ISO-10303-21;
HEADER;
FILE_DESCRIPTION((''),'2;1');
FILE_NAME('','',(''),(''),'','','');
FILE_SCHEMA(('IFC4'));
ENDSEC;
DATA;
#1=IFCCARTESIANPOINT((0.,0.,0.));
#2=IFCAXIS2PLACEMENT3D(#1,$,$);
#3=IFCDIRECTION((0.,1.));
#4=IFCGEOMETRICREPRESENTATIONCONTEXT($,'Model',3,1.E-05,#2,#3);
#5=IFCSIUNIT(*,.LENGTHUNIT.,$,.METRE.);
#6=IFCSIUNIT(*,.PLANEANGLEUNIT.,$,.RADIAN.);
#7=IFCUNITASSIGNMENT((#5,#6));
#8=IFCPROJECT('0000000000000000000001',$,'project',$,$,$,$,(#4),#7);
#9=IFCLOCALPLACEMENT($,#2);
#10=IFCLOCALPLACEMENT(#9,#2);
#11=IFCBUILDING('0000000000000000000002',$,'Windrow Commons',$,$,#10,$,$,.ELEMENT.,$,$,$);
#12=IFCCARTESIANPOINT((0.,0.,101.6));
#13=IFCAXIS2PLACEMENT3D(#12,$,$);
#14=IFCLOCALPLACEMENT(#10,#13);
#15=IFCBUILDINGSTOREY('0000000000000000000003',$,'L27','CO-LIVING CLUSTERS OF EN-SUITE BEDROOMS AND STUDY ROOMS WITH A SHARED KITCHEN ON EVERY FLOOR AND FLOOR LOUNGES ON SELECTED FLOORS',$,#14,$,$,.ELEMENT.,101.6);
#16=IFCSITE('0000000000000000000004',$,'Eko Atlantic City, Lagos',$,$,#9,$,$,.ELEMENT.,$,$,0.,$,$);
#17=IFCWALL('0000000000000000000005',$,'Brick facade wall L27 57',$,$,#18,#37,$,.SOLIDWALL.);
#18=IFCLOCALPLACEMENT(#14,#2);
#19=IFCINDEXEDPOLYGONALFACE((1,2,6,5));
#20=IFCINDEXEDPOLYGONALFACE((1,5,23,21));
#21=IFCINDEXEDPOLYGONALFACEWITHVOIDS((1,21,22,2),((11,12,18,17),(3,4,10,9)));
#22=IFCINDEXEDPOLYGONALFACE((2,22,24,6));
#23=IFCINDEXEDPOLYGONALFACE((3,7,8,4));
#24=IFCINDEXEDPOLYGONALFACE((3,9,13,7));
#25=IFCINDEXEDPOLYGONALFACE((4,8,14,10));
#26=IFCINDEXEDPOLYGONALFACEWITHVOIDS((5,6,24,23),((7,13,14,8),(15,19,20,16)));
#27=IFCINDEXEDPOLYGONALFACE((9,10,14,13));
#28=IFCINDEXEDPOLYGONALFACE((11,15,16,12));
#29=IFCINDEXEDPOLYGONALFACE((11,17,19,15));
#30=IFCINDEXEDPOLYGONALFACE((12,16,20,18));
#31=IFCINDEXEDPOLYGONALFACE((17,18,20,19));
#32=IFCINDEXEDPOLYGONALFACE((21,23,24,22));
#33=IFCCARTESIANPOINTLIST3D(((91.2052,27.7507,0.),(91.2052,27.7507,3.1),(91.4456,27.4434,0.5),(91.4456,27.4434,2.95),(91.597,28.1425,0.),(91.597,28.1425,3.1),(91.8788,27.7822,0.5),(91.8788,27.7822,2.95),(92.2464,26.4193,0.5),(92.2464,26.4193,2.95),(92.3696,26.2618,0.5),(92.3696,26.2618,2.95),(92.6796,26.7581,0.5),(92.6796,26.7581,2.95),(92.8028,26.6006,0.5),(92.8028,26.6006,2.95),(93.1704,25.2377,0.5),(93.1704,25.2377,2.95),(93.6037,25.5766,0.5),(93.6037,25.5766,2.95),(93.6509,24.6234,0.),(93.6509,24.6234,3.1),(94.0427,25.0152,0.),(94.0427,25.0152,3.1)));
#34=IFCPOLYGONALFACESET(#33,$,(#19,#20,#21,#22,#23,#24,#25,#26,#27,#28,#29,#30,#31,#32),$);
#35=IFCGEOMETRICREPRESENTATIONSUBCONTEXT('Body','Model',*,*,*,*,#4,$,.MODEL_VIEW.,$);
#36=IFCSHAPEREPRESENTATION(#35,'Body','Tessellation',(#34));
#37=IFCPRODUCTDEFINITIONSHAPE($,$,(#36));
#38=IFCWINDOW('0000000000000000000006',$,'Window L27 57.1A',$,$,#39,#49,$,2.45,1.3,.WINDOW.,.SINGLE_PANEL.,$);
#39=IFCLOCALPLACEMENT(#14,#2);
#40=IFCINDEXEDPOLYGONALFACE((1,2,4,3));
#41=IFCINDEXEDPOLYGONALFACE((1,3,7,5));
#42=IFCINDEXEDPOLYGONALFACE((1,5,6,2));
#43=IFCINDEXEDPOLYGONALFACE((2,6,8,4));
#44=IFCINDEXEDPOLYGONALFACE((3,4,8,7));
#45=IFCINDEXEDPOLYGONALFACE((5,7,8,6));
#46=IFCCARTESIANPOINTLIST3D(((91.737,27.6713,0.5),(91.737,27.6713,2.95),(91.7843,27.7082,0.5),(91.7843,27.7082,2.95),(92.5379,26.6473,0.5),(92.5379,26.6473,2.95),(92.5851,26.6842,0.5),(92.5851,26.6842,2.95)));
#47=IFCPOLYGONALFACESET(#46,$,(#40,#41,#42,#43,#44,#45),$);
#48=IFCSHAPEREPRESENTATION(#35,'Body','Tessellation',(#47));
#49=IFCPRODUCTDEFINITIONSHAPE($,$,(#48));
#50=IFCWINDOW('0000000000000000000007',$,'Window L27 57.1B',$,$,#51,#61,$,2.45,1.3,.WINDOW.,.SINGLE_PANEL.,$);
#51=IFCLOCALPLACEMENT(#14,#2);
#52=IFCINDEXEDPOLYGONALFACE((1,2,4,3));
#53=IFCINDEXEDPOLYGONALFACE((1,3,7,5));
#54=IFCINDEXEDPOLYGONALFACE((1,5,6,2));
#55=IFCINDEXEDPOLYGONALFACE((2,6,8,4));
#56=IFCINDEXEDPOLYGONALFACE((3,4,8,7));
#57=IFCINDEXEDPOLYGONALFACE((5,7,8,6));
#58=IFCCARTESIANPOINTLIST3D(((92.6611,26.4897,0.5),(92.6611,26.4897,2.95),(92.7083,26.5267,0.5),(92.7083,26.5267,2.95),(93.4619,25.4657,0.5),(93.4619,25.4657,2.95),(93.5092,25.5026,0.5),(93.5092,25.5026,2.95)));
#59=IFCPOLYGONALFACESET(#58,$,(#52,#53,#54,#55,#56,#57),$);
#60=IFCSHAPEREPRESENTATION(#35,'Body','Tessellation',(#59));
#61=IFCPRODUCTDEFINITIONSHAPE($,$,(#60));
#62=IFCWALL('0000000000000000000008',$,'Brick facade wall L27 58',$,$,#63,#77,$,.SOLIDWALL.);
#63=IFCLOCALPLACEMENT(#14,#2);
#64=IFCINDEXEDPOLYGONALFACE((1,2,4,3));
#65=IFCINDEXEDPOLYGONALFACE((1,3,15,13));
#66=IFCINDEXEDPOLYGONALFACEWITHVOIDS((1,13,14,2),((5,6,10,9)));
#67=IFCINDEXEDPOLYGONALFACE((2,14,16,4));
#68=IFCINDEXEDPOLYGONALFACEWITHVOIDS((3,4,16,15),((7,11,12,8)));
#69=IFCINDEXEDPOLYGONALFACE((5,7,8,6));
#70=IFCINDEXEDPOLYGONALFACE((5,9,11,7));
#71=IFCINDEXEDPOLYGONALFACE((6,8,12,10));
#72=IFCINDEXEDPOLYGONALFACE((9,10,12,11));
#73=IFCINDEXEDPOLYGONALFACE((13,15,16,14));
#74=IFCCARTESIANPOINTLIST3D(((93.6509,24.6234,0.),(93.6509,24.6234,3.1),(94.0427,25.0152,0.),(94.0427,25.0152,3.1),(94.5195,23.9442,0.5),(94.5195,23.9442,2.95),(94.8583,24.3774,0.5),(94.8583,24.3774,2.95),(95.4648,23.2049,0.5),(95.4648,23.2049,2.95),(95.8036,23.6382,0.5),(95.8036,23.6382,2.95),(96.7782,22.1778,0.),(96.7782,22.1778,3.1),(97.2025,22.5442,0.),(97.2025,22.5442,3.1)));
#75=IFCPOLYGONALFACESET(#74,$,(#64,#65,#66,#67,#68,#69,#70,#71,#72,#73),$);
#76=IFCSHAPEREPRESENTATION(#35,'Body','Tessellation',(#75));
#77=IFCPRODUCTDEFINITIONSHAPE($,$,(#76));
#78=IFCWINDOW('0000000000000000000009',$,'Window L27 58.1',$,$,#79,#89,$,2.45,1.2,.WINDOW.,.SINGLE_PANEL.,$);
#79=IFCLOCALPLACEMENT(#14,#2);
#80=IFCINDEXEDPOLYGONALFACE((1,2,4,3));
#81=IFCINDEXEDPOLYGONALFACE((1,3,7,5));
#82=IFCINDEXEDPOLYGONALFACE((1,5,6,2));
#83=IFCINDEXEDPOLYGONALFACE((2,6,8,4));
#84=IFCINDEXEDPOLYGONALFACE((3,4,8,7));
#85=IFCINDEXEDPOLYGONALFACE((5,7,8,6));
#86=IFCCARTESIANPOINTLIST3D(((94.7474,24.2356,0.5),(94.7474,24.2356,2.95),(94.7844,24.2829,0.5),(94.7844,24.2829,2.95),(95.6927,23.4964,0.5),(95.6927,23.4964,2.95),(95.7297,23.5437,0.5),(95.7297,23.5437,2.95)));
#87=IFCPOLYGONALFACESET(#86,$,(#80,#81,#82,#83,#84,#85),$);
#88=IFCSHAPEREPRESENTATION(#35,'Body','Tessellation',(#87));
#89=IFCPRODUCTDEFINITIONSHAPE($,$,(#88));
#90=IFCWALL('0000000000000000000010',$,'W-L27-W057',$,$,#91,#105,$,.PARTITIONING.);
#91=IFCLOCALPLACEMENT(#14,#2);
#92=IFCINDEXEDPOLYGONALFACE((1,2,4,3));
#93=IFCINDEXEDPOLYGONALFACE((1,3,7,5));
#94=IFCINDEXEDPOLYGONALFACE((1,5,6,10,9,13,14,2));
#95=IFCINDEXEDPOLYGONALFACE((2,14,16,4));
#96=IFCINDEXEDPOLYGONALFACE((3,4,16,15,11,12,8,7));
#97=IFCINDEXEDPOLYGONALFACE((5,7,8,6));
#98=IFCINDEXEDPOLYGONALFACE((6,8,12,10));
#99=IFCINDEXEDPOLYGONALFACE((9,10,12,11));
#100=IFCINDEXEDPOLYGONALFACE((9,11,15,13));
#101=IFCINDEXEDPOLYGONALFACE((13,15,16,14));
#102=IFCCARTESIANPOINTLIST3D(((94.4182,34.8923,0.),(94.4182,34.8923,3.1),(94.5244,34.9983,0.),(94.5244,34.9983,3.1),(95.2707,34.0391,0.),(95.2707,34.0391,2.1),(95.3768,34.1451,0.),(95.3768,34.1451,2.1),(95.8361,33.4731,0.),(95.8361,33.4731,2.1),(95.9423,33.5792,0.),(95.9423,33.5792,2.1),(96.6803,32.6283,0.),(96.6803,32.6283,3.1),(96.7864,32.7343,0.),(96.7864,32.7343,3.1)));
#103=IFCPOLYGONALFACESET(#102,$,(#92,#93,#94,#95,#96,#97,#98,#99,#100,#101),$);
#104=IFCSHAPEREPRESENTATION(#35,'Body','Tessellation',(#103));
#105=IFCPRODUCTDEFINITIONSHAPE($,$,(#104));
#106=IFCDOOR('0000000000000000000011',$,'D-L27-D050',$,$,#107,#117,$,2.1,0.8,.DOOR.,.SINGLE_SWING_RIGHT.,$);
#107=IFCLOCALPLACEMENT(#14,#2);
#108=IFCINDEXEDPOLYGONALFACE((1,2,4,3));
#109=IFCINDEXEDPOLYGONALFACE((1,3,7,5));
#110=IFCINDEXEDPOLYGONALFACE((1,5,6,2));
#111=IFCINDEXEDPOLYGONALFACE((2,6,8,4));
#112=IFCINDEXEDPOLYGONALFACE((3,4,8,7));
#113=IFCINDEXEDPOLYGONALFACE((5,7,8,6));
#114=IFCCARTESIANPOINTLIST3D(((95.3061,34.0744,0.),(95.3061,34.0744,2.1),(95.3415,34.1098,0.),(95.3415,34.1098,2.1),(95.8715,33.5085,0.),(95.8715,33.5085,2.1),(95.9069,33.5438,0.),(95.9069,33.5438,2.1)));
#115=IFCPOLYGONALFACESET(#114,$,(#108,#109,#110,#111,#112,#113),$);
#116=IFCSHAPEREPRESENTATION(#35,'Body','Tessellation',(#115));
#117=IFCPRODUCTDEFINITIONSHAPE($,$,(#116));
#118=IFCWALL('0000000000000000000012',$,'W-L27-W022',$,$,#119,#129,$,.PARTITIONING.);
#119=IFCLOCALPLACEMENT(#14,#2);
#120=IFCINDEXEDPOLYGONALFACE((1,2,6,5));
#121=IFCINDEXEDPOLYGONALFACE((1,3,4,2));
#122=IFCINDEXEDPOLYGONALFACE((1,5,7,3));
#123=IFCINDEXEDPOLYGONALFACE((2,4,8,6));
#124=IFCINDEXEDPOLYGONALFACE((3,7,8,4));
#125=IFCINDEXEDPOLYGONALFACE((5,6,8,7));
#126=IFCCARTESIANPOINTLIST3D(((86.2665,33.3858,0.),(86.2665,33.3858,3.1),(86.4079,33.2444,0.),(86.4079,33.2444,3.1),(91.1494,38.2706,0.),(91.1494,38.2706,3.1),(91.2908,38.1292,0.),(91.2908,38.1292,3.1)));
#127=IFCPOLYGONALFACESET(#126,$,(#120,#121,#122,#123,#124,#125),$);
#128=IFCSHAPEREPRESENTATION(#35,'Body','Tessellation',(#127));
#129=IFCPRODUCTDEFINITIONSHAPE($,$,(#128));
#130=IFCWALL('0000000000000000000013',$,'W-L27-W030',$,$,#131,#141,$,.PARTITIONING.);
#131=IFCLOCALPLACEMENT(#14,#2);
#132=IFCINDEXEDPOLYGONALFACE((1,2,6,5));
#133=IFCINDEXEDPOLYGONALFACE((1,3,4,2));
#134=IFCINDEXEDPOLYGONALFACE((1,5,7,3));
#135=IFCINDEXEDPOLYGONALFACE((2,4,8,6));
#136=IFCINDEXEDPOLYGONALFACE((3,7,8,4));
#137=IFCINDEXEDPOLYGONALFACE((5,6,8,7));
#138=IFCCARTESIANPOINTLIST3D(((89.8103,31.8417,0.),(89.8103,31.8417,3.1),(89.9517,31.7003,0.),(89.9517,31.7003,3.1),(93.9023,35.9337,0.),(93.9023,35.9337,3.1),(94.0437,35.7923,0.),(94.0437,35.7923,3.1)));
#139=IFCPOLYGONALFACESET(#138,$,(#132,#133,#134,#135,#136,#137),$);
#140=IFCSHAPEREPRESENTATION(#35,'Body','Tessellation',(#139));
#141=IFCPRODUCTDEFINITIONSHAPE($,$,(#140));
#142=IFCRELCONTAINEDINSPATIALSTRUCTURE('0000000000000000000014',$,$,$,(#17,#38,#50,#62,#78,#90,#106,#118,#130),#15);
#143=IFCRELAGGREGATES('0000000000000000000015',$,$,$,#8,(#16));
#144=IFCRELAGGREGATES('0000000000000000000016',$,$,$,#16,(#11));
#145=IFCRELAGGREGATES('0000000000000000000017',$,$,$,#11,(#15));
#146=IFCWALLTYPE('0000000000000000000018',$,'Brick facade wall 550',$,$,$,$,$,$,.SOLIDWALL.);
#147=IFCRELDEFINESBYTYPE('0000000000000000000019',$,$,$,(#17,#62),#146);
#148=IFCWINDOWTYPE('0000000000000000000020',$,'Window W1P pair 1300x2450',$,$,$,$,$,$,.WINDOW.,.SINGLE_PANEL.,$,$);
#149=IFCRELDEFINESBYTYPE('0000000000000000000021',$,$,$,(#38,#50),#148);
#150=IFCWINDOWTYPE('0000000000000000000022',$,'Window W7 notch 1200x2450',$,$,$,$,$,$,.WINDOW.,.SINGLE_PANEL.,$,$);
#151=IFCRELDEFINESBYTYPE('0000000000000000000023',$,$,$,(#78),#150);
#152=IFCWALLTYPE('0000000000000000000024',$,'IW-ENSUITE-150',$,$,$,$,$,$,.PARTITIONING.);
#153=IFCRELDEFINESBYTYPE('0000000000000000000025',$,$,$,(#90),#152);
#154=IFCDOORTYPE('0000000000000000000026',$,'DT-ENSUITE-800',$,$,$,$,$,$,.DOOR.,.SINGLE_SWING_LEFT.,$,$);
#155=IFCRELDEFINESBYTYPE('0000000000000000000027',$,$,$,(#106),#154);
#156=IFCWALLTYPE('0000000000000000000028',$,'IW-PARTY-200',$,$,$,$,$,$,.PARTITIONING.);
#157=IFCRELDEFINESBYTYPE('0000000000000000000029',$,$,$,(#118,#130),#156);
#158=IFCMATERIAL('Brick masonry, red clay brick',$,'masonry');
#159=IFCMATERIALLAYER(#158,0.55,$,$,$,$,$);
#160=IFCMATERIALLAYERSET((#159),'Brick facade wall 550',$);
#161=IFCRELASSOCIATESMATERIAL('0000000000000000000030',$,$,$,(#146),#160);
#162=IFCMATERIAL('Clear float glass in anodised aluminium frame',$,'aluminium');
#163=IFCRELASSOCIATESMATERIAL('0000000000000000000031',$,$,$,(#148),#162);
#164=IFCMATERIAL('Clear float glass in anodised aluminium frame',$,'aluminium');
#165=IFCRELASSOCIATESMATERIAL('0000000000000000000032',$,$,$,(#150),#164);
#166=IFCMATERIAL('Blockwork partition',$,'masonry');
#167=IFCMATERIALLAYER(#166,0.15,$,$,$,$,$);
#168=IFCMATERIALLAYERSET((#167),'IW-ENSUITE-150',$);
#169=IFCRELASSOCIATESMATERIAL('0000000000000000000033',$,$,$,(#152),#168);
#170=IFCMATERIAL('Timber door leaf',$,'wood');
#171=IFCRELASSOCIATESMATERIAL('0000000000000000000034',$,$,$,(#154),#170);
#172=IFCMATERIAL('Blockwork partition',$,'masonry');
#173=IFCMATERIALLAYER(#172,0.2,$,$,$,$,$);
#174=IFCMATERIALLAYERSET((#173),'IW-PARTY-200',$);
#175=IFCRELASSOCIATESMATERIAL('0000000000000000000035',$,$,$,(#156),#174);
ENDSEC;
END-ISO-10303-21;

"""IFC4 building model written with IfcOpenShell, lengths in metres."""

from ifc_helpers import new_model, si_unit, direction, frame, frame_2d, origin, place, context, subcontext, project, spatial, polyline, rectangle, outline, extrude, material, layer, layer_set, type_object, element, fill, save


model = new_model("IFC4")

# Units and contexts
model_context = context("Model", 3, precision=1e-05, world=origin(), true_north=direction((0.0, 1.0)))
body_context = subcontext(model_context, "Body", "Model", "MODEL_VIEW")
ifc_project = project(units=[si_unit("LENGTHUNIT", "METRE"), si_unit("PLANEANGLEUNIT", "RADIAN")], contexts=[model_context])

# Site, building, storey
site_placement = place(None, origin())
site = spatial("IfcSite", under=ifc_project, at=site_placement, Name="Eko Atlantic City, Lagos", CompositionType="ELEMENT", RefElevation=0.0)
building_placement = place(site_placement, origin())
building = spatial("IfcBuilding", under=site, at=building_placement, Name="Windrow Commons", CompositionType="ELEMENT")
storey_placement = place(building_placement, frame((0.0, 0.0, 101.6)))
storey = spatial("IfcBuildingStorey", under=building, at=storey_placement, Name="L27", Description="CO-LIVING CLUSTERS OF EN-SUITE BEDROOMS AND STUDY ROOMS WITH A SHARED KITCHEN ON EVERY FLOOR AND FLOOR LOUNGES ON SELECTED FLOORS", CompositionType="ELEMENT", Elevation=101.6)

# Wall, openings, windows
ifc_material_1 = material(Name="Brick masonry, red clay brick", Category="masonry")
ifc_layer_1 = layer(ifc_material_1, 0.55)
ifc_layer_set_1 = layer_set([ifc_layer_1], Name="Brick facade wall 550")
wall_type_1 = type_object("IfcWallType", Name="Brick facade wall 550", PredefinedType="SOLIDWALL", material=ifc_layer_set_1)
ifc_material_2 = material(Name="Clear float glass in anodised aluminium frame", Category="aluminium")
window_type_1 = type_object("IfcWindowType", Name="Window W1P pair 1300x2450", PartitioningType="SINGLE_PANEL", PredefinedType="WINDOW", material=ifc_material_2)
wall_1_placement = place(storey_placement, frame((91.4011, 27.9466, 0.0), z_axis=(0.0, 0.0, 1.0), x_axis=(0.616035, -0.787719, 0.0)))
wall_1 = element("IfcWall", 1, at=wall_1_placement, inside=storey, type_object=wall_type_1, Name="Brick facade wall L27 57", PredefinedType="SOLIDWALL", context=body_context, shape_type="SweptSolid", body=[
    extrude(outline(polyline([(0.0336, -0.275), (4.0037, -0.275), (3.9364, 0.275), (-0.0336, 0.275), (0.0336, -0.275)])), origin(), (0.0, 0.0, 1.0), 3.1),
])
opening_1_placement = place(wall_1_placement, frame((0.4238, 0.0, 0.5)))
opening_1 = element("IfcOpeningElement", 2, at=opening_1_placement, cuts=wall_1, PredefinedType="OPENING", context=body_context, shape_type="SweptSolid", body=[
    extrude(rectangle(XDim=1.3, YDim=2.45, at=frame_2d((0.65, 1.225))), frame((0.0, 0.285, 0.0), z_axis=(0.0, -1.0, 0.0), x_axis=(1.0, 0.0, 0.0)), (0.0, 0.0, 1.0), 0.57),
])
opening_2_placement = place(wall_1_placement, frame((1.9238, 0.0, 0.5)))
opening_2 = element("IfcOpeningElement", 3, at=opening_2_placement, cuts=wall_1, PredefinedType="OPENING", context=body_context, shape_type="SweptSolid", body=[
    extrude(rectangle(XDim=1.3, YDim=2.45, at=frame_2d((0.65, 1.225))), frame((0.0, 0.285, 0.0), z_axis=(0.0, -1.0, 0.0), x_axis=(1.0, 0.0, 0.0)), (0.0, 0.0, 1.0), 0.57),
])
window_1_placement = place(opening_1_placement, origin())
window_1 = element("IfcWindow", 4, at=window_1_placement, inside=storey, type_object=window_type_1, Name="Window L27 57.1A", OverallHeight=2.45, OverallWidth=1.3, PartitioningType="SINGLE_PANEL", PredefinedType="WINDOW", context=body_context, shape_type="SweptSolid", body=[
    extrude(rectangle(XDim=1.3, YDim=2.45, at=frame_2d((0.65, 1.225))), frame((0.0, 0.155, 0.0), z_axis=(0.0, -1.0, 0.0), x_axis=(1.0, 0.0, 0.0)), (0.0, 0.0, 1.0), 0.06),
])
fill(opening_1, window_1)
window_2_placement = place(opening_2_placement, origin())
window_2 = element("IfcWindow", 5, at=window_2_placement, inside=storey, type_object=window_type_1, Name="Window L27 57.1B", OverallHeight=2.45, OverallWidth=1.3, PartitioningType="SINGLE_PANEL", PredefinedType="WINDOW", context=body_context, shape_type="SweptSolid", body=[
    extrude(rectangle(XDim=1.3, YDim=2.45, at=frame_2d((0.65, 1.225))), frame((0.0, 0.155, 0.0), z_axis=(0.0, -1.0, 0.0), x_axis=(1.0, 0.0, 0.0)), (0.0, 0.0, 1.0), 0.06),
])
fill(opening_2, window_2)

# Wall, opening, window
wall_2_placement = place(storey_placement, frame((93.8468, 24.8193, 0.0), z_axis=(0.0, 0.0, 1.0), x_axis=(0.787737, -0.616012, 0.0)))
wall_2 = element("IfcWall", 6, at=wall_2_placement, inside=storey, type_object=wall_type_1, Name="Brick facade wall L27 58", PredefinedType="SOLIDWALL", context=body_context, shape_type="SweptSolid", body=[
    extrude(outline(polyline([(-0.0336, -0.275), (3.9364, -0.275), (4.0449, 0.275), (0.0336, 0.275), (-0.0336, -0.275)])), origin(), (0.0, 0.0, 1.0), 3.1),
])
opening_3_placement = place(wall_2_placement, frame((1.069, 0.0, 0.5)))
opening_3 = element("IfcOpeningElement", 7, at=opening_3_placement, cuts=wall_2, PredefinedType="OPENING", context=body_context, shape_type="SweptSolid", body=[
    extrude(rectangle(XDim=1.2, YDim=2.45, at=frame_2d((0.6, 1.225))), frame((0.0, 0.285, 0.0), z_axis=(0.0, -1.0, 0.0), x_axis=(1.0, 0.0, 0.0)), (0.0, 0.0, 1.0), 0.57),
])
ifc_material_3 = material(Name="Clear float glass in anodised aluminium frame", Category="aluminium")
window_type_2 = type_object("IfcWindowType", Name="Window W7 notch 1200x2450", PartitioningType="SINGLE_PANEL", PredefinedType="WINDOW", material=ifc_material_3)
window_3_placement = place(opening_3_placement, origin())
window_3 = element("IfcWindow", 8, at=window_3_placement, inside=storey, type_object=window_type_2, Name="Window L27 58.1", OverallHeight=2.45, OverallWidth=1.2, PartitioningType="SINGLE_PANEL", PredefinedType="WINDOW", context=body_context, shape_type="SweptSolid", body=[
    extrude(rectangle(XDim=1.2, YDim=2.45, at=frame_2d((0.6, 1.225))), frame((0.0, 0.155, 0.0), z_axis=(0.0, -1.0, 0.0), x_axis=(1.0, 0.0, 0.0)), (0.0, 0.0, 1.0), 0.06),
])
fill(opening_3, window_3)

# Wall, opening, door
ifc_material_4 = material(Name="Blockwork partition", Category="masonry")
ifc_layer_2 = layer(ifc_material_4, 0.15)
ifc_layer_set_2 = layer_set([ifc_layer_2], Name="IW-ENSUITE-150")
wall_type_2 = type_object("IfcWallType", Name="IW-ENSUITE-150", PredefinedType="PARTITIONING", material=ifc_layer_set_2)
wall_3_placement = place(storey_placement, frame((94.4713, 34.9453, 0.0), z_axis=(0.0, 0.0, 1.0), x_axis=(0.706794, -0.707419, 0.0)))
wall_3 = element("IfcWall", 9, at=wall_3_placement, inside=storey, type_object=wall_type_2, Name="W-L27-W057", PredefinedType="PARTITIONING", context=body_context, shape_type="SweptSolid", body=[
    extrude(rectangle(XDim=3.2004, YDim=0.15, at=frame_2d((1.6002, 0.0))), origin(), (0.0, 0.0, 1.0), 3.1),
])
opening_4_placement = place(wall_3_placement, frame((1.2061, 0.0, 0.0)))
opening_4 = element("IfcOpeningElement", 10, at=opening_4_placement, cuts=wall_3, PredefinedType="OPENING", context=body_context, shape_type="SweptSolid", body=[
    extrude(rectangle(XDim=0.8, YDim=2.1, at=frame_2d((0.4, 1.05))), frame((0.0, 0.085, 0.0), z_axis=(0.0, -1.0, 0.0), x_axis=(1.0, 0.0, 0.0)), (0.0, 0.0, 1.0), 0.17),
])
ifc_material_5 = material(Name="Timber door leaf", Category="wood")
door_type = type_object("IfcDoorType", Name="DT-ENSUITE-800", OperationType="SINGLE_SWING_LEFT", PredefinedType="DOOR", material=ifc_material_5)
door_placement = place(opening_4_placement, origin())
door = element("IfcDoor", 11, at=door_placement, inside=storey, type_object=door_type, Name="D-L27-D050", OperationType="SINGLE_SWING_RIGHT", OverallHeight=2.1, OverallWidth=0.8, PredefinedType="DOOR", context=body_context, shape_type="SweptSolid", body=[
    extrude(rectangle(XDim=0.8, YDim=2.1, at=frame_2d((0.4, 1.05))), frame((0.0, 0.025, 0.0), z_axis=(0.0, -1.0, 0.0), x_axis=(1.0, 0.0, 0.0)), (0.0, 0.0, 1.0), 0.05),
])
fill(opening_4, door)

# Walls
ifc_material_6 = material(Name="Blockwork partition", Category="masonry")
ifc_layer_3 = layer(ifc_material_6, 0.2)
ifc_layer_set_3 = layer_set([ifc_layer_3], Name="IW-PARTY-200")
wall_type_3 = type_object("IfcWallType", Name="IW-PARTY-200", PredefinedType="PARTITIONING", material=ifc_layer_set_3)
wall_4_placement = place(storey_placement, frame((86.3372, 33.3151, 0.0), z_axis=(0.0, 0.0, 1.0), x_axis=(0.706969, 0.707244, 0.0)))
element("IfcWall", 12, at=wall_4_placement, inside=storey, type_object=wall_type_3, Name="W-L27-W022", PredefinedType="PARTITIONING", context=body_context, shape_type="SweptSolid", body=[
    extrude(rectangle(XDim=6.9068, YDim=0.2, at=frame_2d((3.4534, 0.0))), origin(), (0.0, 0.0, 1.0), 3.1),
])
wall_5_placement = place(storey_placement, frame((89.881, 31.771, 0.0), z_axis=(0.0, 0.0, 1.0), x_axis=(0.707107, 0.707107, 0.0)))
element("IfcWall", 13, at=wall_5_placement, inside=storey, type_object=wall_type_3, Name="W-L27-W030", PredefinedType="PARTITIONING", context=body_context, shape_type="SweptSolid", body=[
    extrude(rectangle(XDim=5.787, YDim=0.2, at=frame_2d((2.8935, 0.0))), origin(), (0.0, 0.0, 1.0), 3.1),
])

save(model, "model.ifc")
